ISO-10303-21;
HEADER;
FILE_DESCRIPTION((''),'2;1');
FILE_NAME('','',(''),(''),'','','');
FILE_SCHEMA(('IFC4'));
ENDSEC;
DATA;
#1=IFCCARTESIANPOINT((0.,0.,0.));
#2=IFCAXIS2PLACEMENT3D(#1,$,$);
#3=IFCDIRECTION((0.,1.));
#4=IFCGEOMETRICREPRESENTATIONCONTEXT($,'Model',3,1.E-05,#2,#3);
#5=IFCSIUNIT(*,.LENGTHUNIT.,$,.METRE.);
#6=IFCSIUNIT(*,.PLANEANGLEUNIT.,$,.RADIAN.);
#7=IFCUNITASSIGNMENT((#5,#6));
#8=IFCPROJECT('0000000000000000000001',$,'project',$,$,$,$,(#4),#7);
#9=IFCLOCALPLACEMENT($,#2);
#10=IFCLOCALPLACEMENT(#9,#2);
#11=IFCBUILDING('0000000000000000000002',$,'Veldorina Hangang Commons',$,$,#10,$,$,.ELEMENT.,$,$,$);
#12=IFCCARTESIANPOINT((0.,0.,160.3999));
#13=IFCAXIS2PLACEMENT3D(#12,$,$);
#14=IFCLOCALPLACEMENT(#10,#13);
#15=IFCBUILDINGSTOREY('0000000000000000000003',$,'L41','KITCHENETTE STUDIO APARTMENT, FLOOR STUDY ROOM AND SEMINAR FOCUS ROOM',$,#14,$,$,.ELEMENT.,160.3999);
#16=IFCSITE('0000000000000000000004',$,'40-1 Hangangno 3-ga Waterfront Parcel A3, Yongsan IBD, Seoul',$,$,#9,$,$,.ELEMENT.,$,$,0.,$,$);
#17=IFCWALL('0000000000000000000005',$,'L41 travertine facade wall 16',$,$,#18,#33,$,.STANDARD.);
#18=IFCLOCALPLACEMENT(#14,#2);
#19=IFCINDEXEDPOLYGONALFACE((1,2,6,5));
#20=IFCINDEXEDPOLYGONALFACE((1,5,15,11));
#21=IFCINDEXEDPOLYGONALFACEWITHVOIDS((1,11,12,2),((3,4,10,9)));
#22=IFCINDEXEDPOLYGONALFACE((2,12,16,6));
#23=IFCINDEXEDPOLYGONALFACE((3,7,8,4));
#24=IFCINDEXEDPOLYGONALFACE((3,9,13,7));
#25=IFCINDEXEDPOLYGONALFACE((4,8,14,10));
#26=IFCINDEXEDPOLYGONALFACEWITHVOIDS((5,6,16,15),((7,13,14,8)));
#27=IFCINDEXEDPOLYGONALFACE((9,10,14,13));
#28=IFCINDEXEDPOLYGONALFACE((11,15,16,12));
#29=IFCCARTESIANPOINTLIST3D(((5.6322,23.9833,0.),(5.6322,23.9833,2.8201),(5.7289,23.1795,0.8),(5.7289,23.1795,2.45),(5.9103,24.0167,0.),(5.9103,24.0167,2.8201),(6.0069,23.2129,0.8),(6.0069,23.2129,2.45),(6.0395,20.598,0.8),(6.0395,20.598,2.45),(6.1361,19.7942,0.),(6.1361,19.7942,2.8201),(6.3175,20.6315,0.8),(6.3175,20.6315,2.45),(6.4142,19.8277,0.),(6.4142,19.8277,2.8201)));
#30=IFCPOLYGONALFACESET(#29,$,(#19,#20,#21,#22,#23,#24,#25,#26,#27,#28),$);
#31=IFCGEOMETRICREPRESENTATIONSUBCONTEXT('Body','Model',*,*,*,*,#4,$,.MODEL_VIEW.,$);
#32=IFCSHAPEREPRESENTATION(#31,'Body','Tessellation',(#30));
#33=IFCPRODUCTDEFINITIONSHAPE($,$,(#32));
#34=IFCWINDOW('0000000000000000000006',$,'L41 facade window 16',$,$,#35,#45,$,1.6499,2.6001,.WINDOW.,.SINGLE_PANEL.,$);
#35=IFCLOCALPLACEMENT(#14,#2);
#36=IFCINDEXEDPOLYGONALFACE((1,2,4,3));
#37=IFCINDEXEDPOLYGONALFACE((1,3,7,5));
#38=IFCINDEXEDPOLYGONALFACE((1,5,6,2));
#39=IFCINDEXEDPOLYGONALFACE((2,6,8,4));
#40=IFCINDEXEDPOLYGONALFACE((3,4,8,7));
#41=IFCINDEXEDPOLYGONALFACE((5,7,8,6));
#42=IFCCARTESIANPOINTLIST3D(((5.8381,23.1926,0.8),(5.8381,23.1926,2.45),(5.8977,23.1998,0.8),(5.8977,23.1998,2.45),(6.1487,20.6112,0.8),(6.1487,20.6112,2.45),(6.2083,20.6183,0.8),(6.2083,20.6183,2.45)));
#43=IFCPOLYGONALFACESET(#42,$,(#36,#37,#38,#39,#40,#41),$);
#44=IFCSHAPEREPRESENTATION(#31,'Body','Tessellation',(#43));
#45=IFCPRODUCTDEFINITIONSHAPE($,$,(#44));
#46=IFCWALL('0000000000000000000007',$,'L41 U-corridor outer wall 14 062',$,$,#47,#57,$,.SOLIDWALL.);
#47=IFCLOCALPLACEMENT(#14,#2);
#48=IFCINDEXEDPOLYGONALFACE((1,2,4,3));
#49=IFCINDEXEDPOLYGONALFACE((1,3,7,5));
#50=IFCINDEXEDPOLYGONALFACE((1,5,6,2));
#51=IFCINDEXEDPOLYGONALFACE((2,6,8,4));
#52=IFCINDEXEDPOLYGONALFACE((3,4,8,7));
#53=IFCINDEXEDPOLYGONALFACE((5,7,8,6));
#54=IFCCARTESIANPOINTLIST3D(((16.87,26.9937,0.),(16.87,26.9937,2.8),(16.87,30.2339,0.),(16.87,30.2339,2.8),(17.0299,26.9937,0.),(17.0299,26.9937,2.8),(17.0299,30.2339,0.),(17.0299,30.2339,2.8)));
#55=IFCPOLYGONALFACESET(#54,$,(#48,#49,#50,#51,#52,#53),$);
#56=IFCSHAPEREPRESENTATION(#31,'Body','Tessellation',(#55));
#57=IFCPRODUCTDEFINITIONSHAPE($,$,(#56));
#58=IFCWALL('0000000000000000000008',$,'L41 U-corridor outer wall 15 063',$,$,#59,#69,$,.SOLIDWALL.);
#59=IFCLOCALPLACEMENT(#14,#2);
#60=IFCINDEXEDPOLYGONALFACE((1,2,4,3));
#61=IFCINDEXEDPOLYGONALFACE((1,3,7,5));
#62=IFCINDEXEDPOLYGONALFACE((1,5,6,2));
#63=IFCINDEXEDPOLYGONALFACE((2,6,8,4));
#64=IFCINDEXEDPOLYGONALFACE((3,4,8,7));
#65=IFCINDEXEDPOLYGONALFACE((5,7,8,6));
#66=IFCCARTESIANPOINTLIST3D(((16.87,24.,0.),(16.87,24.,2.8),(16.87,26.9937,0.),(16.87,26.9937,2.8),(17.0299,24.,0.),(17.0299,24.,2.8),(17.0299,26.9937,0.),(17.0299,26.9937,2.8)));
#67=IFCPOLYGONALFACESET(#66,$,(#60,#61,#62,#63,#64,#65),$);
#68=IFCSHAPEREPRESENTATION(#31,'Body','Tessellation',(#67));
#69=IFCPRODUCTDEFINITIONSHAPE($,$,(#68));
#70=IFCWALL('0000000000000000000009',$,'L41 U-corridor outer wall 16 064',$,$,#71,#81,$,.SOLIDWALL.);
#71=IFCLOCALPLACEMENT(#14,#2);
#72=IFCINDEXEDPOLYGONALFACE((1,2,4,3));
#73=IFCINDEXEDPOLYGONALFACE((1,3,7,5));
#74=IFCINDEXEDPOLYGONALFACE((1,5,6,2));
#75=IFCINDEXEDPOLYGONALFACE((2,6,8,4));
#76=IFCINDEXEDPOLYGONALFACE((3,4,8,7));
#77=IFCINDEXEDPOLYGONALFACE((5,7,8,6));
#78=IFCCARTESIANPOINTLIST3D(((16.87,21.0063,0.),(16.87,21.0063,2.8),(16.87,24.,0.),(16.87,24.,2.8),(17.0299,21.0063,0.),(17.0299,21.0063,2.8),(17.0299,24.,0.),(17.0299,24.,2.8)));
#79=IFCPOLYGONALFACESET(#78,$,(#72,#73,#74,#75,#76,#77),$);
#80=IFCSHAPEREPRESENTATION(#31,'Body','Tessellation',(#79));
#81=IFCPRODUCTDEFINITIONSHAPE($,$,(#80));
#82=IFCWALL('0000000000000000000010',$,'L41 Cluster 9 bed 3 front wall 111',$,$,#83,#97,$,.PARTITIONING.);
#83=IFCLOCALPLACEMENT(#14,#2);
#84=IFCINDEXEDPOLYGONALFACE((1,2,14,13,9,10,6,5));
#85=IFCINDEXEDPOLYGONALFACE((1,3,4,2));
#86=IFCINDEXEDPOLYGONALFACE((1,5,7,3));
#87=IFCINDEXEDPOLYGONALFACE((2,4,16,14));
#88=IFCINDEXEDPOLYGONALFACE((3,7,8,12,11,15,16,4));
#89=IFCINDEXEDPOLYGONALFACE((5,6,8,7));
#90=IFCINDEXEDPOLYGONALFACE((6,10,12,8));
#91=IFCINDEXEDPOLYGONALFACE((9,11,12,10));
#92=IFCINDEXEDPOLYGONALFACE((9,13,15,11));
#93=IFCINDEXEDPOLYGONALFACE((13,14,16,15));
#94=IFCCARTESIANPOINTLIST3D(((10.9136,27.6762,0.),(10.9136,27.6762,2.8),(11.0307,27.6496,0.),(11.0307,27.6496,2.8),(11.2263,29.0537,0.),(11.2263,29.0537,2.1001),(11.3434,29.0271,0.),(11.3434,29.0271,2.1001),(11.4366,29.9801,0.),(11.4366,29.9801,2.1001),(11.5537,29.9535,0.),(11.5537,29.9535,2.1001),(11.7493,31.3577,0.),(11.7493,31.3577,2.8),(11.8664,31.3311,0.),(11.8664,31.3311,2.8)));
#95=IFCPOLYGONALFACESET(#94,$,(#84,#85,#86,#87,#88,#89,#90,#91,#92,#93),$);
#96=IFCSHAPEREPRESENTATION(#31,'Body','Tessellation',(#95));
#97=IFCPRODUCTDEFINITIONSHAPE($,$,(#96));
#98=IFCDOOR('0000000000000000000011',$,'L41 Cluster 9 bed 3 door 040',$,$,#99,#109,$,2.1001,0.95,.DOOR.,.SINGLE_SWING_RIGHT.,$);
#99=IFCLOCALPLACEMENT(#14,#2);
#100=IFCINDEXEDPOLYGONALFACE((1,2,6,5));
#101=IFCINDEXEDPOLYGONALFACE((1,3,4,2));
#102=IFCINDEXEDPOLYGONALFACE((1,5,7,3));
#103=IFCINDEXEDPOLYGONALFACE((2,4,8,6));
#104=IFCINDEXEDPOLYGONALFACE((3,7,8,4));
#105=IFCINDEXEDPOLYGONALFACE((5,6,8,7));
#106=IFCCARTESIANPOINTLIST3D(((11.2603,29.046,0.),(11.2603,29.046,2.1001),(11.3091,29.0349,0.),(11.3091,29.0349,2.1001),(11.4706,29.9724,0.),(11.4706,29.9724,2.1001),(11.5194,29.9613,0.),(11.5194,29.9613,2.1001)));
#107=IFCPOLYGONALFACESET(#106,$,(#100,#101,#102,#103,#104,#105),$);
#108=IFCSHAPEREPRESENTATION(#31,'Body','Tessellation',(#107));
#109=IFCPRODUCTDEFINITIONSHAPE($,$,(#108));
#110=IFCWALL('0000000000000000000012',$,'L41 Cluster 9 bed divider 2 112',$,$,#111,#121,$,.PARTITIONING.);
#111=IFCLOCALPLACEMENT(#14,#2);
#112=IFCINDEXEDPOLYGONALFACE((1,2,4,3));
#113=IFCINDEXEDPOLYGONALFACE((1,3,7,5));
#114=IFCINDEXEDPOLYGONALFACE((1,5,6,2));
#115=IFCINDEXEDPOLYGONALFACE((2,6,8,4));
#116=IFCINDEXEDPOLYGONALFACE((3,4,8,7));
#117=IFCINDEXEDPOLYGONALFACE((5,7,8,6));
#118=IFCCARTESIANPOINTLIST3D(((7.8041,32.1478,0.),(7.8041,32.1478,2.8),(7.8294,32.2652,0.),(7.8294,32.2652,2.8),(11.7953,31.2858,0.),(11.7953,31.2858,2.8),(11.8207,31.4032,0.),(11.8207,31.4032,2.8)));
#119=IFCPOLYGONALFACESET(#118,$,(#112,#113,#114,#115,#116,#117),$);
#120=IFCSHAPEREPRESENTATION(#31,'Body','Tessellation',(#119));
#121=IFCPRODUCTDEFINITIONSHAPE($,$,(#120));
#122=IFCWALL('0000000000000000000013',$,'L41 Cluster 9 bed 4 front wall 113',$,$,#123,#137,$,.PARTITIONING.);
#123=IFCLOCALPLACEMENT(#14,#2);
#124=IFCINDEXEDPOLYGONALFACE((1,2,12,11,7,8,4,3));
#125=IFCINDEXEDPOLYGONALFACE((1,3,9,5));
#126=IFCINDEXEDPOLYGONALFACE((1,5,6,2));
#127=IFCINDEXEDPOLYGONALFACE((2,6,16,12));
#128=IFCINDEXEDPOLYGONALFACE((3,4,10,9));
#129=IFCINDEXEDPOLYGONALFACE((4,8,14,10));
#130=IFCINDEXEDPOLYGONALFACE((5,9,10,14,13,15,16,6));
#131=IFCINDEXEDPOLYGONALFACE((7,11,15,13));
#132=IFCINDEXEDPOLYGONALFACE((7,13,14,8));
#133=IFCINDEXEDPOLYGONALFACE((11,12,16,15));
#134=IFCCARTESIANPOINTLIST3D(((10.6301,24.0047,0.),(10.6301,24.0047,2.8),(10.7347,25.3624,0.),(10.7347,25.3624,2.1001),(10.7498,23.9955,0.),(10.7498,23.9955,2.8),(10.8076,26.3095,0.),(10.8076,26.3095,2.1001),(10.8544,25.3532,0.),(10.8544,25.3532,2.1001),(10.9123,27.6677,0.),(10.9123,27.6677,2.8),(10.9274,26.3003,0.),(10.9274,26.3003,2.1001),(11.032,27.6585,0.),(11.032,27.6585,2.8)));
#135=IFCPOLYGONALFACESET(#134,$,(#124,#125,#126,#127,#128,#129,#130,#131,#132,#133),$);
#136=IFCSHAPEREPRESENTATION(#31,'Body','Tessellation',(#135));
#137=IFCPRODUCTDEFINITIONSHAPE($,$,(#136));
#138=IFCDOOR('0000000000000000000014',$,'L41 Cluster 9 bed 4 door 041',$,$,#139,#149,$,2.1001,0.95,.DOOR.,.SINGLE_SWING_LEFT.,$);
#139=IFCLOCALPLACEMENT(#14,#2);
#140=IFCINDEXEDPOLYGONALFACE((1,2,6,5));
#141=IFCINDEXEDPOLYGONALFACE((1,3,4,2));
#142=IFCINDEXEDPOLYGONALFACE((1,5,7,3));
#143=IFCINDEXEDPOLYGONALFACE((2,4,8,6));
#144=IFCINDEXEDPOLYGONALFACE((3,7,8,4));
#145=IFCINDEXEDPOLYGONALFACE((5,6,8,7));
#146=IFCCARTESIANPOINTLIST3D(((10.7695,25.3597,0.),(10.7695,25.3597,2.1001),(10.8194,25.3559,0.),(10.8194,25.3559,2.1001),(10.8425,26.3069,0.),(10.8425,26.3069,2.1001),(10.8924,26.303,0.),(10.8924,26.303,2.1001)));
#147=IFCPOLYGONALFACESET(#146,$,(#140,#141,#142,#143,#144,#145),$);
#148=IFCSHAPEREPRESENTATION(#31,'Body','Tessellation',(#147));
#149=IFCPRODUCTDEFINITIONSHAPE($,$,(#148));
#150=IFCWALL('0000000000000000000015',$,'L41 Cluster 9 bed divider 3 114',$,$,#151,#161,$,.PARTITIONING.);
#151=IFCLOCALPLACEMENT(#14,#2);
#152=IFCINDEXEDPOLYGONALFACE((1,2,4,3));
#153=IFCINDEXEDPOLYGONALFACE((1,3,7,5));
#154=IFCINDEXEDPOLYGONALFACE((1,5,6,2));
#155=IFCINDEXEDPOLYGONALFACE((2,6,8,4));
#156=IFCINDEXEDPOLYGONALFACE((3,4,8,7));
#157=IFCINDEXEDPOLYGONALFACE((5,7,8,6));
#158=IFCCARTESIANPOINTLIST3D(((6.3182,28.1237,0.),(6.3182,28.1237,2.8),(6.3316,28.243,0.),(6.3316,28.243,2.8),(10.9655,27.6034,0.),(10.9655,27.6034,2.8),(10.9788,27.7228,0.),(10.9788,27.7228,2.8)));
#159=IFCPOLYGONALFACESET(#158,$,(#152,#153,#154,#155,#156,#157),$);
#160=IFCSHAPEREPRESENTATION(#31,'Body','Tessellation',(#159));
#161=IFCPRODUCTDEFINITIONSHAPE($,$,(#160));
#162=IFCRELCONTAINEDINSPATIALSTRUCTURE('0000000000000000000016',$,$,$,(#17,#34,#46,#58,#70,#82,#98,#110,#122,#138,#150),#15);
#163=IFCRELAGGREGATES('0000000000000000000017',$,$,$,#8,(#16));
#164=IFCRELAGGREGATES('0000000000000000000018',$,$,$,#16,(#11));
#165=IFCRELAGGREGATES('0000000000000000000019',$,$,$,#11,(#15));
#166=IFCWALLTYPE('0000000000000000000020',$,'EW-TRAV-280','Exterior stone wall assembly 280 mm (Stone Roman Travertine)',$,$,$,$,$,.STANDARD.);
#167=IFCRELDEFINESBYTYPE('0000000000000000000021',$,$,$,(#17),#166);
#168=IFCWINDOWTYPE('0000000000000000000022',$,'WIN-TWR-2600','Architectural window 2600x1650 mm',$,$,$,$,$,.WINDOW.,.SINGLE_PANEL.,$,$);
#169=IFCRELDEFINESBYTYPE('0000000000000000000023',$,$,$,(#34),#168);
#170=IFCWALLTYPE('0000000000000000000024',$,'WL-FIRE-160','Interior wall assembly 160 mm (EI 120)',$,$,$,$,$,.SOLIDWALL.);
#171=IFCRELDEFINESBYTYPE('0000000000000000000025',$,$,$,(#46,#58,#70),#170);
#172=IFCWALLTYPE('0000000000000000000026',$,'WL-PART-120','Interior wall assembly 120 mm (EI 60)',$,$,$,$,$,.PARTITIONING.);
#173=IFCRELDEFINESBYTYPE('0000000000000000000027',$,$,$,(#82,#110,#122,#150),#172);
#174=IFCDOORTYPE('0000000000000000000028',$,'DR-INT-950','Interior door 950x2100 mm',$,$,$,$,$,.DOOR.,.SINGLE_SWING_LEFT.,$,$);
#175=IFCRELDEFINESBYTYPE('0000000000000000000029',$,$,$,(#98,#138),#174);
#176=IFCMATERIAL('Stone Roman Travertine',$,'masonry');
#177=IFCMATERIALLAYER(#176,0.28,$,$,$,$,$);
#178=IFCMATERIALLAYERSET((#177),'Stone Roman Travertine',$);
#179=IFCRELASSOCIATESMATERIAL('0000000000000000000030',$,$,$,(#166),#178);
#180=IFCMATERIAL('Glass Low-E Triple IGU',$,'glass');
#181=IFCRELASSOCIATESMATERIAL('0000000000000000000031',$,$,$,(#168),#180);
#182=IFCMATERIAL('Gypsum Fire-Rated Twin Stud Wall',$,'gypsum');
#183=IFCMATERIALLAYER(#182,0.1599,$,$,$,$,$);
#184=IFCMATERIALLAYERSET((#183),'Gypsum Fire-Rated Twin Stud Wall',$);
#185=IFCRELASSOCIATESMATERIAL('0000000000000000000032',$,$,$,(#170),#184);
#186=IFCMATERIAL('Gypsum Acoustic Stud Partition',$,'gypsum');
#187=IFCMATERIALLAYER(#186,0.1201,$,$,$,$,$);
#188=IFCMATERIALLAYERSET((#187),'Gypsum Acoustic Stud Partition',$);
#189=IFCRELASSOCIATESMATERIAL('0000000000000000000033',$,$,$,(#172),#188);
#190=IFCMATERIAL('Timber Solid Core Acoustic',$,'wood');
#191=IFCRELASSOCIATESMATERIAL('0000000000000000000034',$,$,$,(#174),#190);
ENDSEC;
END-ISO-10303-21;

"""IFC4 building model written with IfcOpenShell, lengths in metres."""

from ifc_helpers import new_model, si_unit, direction, frame, frame_2d, origin, place, context, subcontext, project, spatial, rectangle, extrude, material, layer, layer_set, type_object, element, fill, save


model = new_model("IFC4")

# Units and contexts
model_context = context("Model", 3, precision=1e-05, world=origin(), true_north=direction((0.0, 1.0)))
body_context = subcontext(model_context, "Body", "Model", "MODEL_VIEW")
ifc_project = project(units=[si_unit("LENGTHUNIT", "METRE"), si_unit("PLANEANGLEUNIT", "RADIAN")], contexts=[model_context])

# Site, building, storey
site_placement = place(None, origin())
site = spatial("IfcSite", under=ifc_project, at=site_placement, Name="40-1 Hangangno 3-ga Waterfront Parcel A3, Yongsan IBD, Seoul", CompositionType="ELEMENT", RefElevation=0.0)
building_placement = place(site_placement, origin())
building = spatial("IfcBuilding", under=site, at=building_placement, Name="Veldorina Hangang Commons", CompositionType="ELEMENT")
storey_placement = place(building_placement, frame((0.0, 0.0, 160.3999)))
storey = spatial("IfcBuildingStorey", under=building, at=storey_placement, Name="L41", Description="KITCHENETTE STUDIO APARTMENT, FLOOR STUDY ROOM AND SEMINAR FOCUS ROOM", CompositionType="ELEMENT", Elevation=160.3999)

# Wall, opening, window
ifc_material_1 = material(Name="Stone Roman Travertine", Category="masonry")
ifc_layer_1 = layer(ifc_material_1, 0.28)
ifc_layer_set_1 = layer_set([ifc_layer_1], Name="Stone Roman Travertine")
wall_type_1 = type_object("IfcWallType", Name="EW-TRAV-280", Description="Exterior stone wall assembly 280 mm (Stone Roman Travertine)", PredefinedType="STANDARD", material=ifc_layer_set_1)
ifc_material_2 = material(Name="Glass Low-E Triple IGU", Category="glass")
window_type = type_object("IfcWindowType", Name="WIN-TWR-2600", Description="Architectural window 2600x1650 mm", PartitioningType="SINGLE_PANEL", PredefinedType="WINDOW", material=ifc_material_2)
wall_1_placement = place(storey_placement, frame((5.7712, 24.0, 0.0), z_axis=(0.0, 0.0, 1.0), x_axis=(0.119433, -0.992842, 0.0)))
wall_1 = element("IfcWall", 1, at=wall_1_placement, inside=storey, type_object=wall_type_1, Name="L41 travertine facade wall 16", PredefinedType="STANDARD", context=body_context, shape_type="SweptSolid", body=[
    extrude(rectangle(XDim=4.2192, YDim=0.28, at=frame_2d((2.1096, 0.0))), origin(), (0.0, 0.0, 1.0), 2.8201),
])
opening_1_placement = place(wall_1_placement, frame((0.8096, 0.0, 0.8)))
opening_1 = element("IfcOpeningElement", 2, at=opening_1_placement, cuts=wall_1, PredefinedType="OPENING", context=body_context, shape_type="SweptSolid", body=[
    extrude(rectangle(XDim=2.6001, YDim=1.6499, at=frame_2d((1.3, 0.825))), frame((0.0, 0.1499, 0.0), z_axis=(0.0, -1.0, 0.0), x_axis=(1.0, 0.0, 0.0)), (0.0, 0.0, 1.0), 0.3),
])
window_1_placement = place(opening_1_placement, origin())
window_1 = element("IfcWindow", 3, at=window_1_placement, inside=storey, type_object=window_type, Name="L41 facade window 16", OverallHeight=1.6499, OverallWidth=2.6001, PartitioningType="SINGLE_PANEL", PredefinedType="WINDOW", context=body_context, shape_type="SweptSolid", body=[
    extrude(rectangle(XDim=2.6001, YDim=1.6499, at=frame_2d((1.3, 0.825))), frame((0.0, 0.03, 0.0), z_axis=(0.0, -1.0, 0.0), x_axis=(1.0, 0.0, 0.0)), (0.0, 0.0, 1.0), 0.0601),
])
fill(opening_1, window_1)

# Walls
ifc_material_3 = material(Name="Gypsum Fire-Rated Twin Stud Wall", Category="gypsum")
ifc_layer_2 = layer(ifc_material_3, 0.1599)
ifc_layer_set_2 = layer_set([ifc_layer_2], Name="Gypsum Fire-Rated Twin Stud Wall")
wall_type_2 = type_object("IfcWallType", Name="WL-FIRE-160", Description="Interior wall assembly 160 mm (EI 120)", PredefinedType="SOLIDWALL", material=ifc_layer_set_2)
wall_2_placement = place(storey_placement, frame((16.95, 30.2339, 0.0), z_axis=(0.0, 0.0, 1.0), x_axis=(0.0, -1.0, 0.0)))
element("IfcWall", 4, at=wall_2_placement, inside=storey, type_object=wall_type_2, Name="L41 U-corridor outer wall 14 062", PredefinedType="SOLIDWALL", context=body_context, shape_type="SweptSolid", body=[
    extrude(rectangle(XDim=3.2402, YDim=0.1599, at=frame_2d((1.6201, 0.0))), origin(), (0.0, 0.0, 1.0), 2.8),
])
for number, where, z_axis, x_axis, name in (
    (5, (16.95, 26.9937, 0.0), (0.0, 0.0, 1.0), (0.0, -1.0, 0.0), "L41 U-corridor outer wall 15 063"),
    (6, (16.95, 24.0, 0.0), (0.0, 0.0, 1.0), (0.0, -1.0, 0.0), "L41 U-corridor outer wall 16 064"),
):
    element("IfcWall", number, at=place(storey_placement, frame(where, z_axis=z_axis, x_axis=x_axis)), inside=storey, type_object=wall_type_2, Name=name, PredefinedType="SOLIDWALL", context=body_context, shape_type="SweptSolid", body=[
        extrude(rectangle(XDim=2.9937, YDim=0.1599, at=frame_2d((1.4968, 0.0))), origin(), (0.0, 0.0, 1.0), 2.8),
    ])

# Wall, opening, door
ifc_material_4 = material(Name="Gypsum Acoustic Stud Partition", Category="gypsum")
ifc_layer_3 = layer(ifc_material_4, 0.1201)
ifc_layer_set_3 = layer_set([ifc_layer_3], Name="Gypsum Acoustic Stud Partition")
wall_type_3 = type_object("IfcWallType", Name="WL-PART-120", Description="Interior wall assembly 120 mm (EI 60)", PredefinedType="PARTITIONING", material=ifc_layer_set_3)
wall_3_placement = place(storey_placement, frame((11.8079, 31.3445, 0.0), z_axis=(0.0, 0.0, 1.0), x_axis=(-0.221372, -0.975189, 0.0)))
wall_3 = element("IfcWall", 7, at=wall_3_placement, inside=storey, type_object=wall_type_3, Name="L41 Cluster 9 bed 3 front wall 111", PredefinedType="PARTITIONING", context=body_context, shape_type="SweptSolid", body=[
    extrude(rectangle(XDim=3.7751, YDim=0.1201, at=frame_2d((1.8877, 0.0))), origin(), (0.0, 0.0, 1.0), 2.8),
])
opening_2_placement = place(wall_3_placement, frame((1.4126, 0.0, 0.0)))
opening_2 = element("IfcOpeningElement", 8, at=opening_2_placement, cuts=wall_3, PredefinedType="OPENING", context=body_context, shape_type="SweptSolid", body=[
    extrude(rectangle(XDim=0.95, YDim=2.1001, at=frame_2d((0.4751, 1.05))), frame((0.0, 0.0701, 0.0), z_axis=(0.0, -1.0, 0.0), x_axis=(1.0, 0.0, 0.0)), (0.0, 0.0, 1.0), 0.1401),
])
ifc_material_5 = material(Name="Timber Solid Core Acoustic", Category="wood")
door_type = type_object("IfcDoorType", Name="DR-INT-950", Description="Interior door 950x2100 mm", OperationType="SINGLE_SWING_LEFT", PredefinedType="DOOR", material=ifc_material_5)
door_1_placement = place(opening_2_placement, origin())
door_1 = element("IfcDoor", 9, at=door_1_placement, inside=storey, type_object=door_type, Name="L41 Cluster 9 bed 3 door 040", OperationType="SINGLE_SWING_RIGHT", OverallHeight=2.1001, OverallWidth=0.95, PredefinedType="DOOR", context=body_context, shape_type="SweptSolid", body=[
    extrude(rectangle(XDim=0.95, YDim=2.1001, at=frame_2d((0.4751, 1.05))), frame((0.0, 0.0249, 0.0), z_axis=(0.0, -1.0, 0.0), x_axis=(1.0, 0.0, 0.0)), (0.0, 0.0, 1.0), 0.05),
])
fill(opening_2, door_1)

# Wall
wall_4_placement = place(storey_placement, frame((11.8079, 31.3445, 0.0), z_axis=(0.0, 0.0, 1.0), x_axis=(-0.97746, 0.211121, 0.0)))
element("IfcWall", 10, at=wall_4_placement, inside=storey, type_object=wall_type_3, Name="L41 Cluster 9 bed divider 2 112", PredefinedType="PARTITIONING", context=body_context, shape_type="SweptSolid", body=[
    extrude(rectangle(XDim=4.0833, YDim=0.1201, at=frame_2d((2.0415, 0.0))), origin(), (0.0, 0.0, 1.0), 2.8),
])

# Wall, opening, door
wall_5_placement = place(storey_placement, frame((10.9722, 27.6631, 0.0), z_axis=(0.0, 0.0, 1.0), x_axis=(-0.076818, -0.997045, 0.0)))
wall_5 = element("IfcWall", 11, at=wall_5_placement, inside=storey, type_object=wall_type_3, Name="L41 Cluster 9 bed 4 front wall 113", PredefinedType="PARTITIONING", context=body_context, shape_type="SweptSolid", body=[
    extrude(rectangle(XDim=3.6738, YDim=0.1201, at=frame_2d((1.8369, 0.0))), origin(), (0.0, 0.0, 1.0), 2.8),
])
opening_3_placement = place(wall_5_placement, frame((1.3621, 0.0, 0.0)))
opening_3 = element("IfcOpeningElement", 12, at=opening_3_placement, cuts=wall_5, PredefinedType="OPENING", context=body_context, shape_type="SweptSolid", body=[
    extrude(rectangle(XDim=0.95, YDim=2.1001, at=frame_2d((0.4751, 1.05))), frame((0.0, 0.0701, 0.0), z_axis=(0.0, -1.0, 0.0), x_axis=(1.0, 0.0, 0.0)), (0.0, 0.0, 1.0), 0.1401),
])
door_2_placement = place(opening_3_placement, origin())
door_2 = element("IfcDoor", 13, at=door_2_placement, inside=storey, type_object=door_type, Name="L41 Cluster 9 bed 4 door 041", OperationType="SINGLE_SWING_LEFT", OverallHeight=2.1001, OverallWidth=0.95, PredefinedType="DOOR", context=body_context, shape_type="SweptSolid", body=[
    extrude(rectangle(XDim=0.95, YDim=2.1001, at=frame_2d((0.4751, 1.05))), frame((0.0, 0.0249, 0.0), z_axis=(0.0, -1.0, 0.0), x_axis=(1.0, 0.0, 0.0)), (0.0, 0.0, 1.0), 0.05),
])
fill(opening_3, door_2)

# Wall
wall_6_placement = place(storey_placement, frame((10.9722, 27.6631, 0.0), z_axis=(0.0, 0.0, 1.0), x_axis=(-0.993792, 0.111257, 0.0)))
element("IfcWall", 14, at=wall_6_placement, inside=storey, type_object=wall_type_3, Name="L41 Cluster 9 bed divider 3 114", PredefinedType="PARTITIONING", context=body_context, shape_type="SweptSolid", body=[
    extrude(rectangle(XDim=4.6763, YDim=0.1201, at=frame_2d((2.3381, 0.0))), origin(), (0.0, 0.0, 1.0), 2.8),
])

save(model, "model.ifc")
